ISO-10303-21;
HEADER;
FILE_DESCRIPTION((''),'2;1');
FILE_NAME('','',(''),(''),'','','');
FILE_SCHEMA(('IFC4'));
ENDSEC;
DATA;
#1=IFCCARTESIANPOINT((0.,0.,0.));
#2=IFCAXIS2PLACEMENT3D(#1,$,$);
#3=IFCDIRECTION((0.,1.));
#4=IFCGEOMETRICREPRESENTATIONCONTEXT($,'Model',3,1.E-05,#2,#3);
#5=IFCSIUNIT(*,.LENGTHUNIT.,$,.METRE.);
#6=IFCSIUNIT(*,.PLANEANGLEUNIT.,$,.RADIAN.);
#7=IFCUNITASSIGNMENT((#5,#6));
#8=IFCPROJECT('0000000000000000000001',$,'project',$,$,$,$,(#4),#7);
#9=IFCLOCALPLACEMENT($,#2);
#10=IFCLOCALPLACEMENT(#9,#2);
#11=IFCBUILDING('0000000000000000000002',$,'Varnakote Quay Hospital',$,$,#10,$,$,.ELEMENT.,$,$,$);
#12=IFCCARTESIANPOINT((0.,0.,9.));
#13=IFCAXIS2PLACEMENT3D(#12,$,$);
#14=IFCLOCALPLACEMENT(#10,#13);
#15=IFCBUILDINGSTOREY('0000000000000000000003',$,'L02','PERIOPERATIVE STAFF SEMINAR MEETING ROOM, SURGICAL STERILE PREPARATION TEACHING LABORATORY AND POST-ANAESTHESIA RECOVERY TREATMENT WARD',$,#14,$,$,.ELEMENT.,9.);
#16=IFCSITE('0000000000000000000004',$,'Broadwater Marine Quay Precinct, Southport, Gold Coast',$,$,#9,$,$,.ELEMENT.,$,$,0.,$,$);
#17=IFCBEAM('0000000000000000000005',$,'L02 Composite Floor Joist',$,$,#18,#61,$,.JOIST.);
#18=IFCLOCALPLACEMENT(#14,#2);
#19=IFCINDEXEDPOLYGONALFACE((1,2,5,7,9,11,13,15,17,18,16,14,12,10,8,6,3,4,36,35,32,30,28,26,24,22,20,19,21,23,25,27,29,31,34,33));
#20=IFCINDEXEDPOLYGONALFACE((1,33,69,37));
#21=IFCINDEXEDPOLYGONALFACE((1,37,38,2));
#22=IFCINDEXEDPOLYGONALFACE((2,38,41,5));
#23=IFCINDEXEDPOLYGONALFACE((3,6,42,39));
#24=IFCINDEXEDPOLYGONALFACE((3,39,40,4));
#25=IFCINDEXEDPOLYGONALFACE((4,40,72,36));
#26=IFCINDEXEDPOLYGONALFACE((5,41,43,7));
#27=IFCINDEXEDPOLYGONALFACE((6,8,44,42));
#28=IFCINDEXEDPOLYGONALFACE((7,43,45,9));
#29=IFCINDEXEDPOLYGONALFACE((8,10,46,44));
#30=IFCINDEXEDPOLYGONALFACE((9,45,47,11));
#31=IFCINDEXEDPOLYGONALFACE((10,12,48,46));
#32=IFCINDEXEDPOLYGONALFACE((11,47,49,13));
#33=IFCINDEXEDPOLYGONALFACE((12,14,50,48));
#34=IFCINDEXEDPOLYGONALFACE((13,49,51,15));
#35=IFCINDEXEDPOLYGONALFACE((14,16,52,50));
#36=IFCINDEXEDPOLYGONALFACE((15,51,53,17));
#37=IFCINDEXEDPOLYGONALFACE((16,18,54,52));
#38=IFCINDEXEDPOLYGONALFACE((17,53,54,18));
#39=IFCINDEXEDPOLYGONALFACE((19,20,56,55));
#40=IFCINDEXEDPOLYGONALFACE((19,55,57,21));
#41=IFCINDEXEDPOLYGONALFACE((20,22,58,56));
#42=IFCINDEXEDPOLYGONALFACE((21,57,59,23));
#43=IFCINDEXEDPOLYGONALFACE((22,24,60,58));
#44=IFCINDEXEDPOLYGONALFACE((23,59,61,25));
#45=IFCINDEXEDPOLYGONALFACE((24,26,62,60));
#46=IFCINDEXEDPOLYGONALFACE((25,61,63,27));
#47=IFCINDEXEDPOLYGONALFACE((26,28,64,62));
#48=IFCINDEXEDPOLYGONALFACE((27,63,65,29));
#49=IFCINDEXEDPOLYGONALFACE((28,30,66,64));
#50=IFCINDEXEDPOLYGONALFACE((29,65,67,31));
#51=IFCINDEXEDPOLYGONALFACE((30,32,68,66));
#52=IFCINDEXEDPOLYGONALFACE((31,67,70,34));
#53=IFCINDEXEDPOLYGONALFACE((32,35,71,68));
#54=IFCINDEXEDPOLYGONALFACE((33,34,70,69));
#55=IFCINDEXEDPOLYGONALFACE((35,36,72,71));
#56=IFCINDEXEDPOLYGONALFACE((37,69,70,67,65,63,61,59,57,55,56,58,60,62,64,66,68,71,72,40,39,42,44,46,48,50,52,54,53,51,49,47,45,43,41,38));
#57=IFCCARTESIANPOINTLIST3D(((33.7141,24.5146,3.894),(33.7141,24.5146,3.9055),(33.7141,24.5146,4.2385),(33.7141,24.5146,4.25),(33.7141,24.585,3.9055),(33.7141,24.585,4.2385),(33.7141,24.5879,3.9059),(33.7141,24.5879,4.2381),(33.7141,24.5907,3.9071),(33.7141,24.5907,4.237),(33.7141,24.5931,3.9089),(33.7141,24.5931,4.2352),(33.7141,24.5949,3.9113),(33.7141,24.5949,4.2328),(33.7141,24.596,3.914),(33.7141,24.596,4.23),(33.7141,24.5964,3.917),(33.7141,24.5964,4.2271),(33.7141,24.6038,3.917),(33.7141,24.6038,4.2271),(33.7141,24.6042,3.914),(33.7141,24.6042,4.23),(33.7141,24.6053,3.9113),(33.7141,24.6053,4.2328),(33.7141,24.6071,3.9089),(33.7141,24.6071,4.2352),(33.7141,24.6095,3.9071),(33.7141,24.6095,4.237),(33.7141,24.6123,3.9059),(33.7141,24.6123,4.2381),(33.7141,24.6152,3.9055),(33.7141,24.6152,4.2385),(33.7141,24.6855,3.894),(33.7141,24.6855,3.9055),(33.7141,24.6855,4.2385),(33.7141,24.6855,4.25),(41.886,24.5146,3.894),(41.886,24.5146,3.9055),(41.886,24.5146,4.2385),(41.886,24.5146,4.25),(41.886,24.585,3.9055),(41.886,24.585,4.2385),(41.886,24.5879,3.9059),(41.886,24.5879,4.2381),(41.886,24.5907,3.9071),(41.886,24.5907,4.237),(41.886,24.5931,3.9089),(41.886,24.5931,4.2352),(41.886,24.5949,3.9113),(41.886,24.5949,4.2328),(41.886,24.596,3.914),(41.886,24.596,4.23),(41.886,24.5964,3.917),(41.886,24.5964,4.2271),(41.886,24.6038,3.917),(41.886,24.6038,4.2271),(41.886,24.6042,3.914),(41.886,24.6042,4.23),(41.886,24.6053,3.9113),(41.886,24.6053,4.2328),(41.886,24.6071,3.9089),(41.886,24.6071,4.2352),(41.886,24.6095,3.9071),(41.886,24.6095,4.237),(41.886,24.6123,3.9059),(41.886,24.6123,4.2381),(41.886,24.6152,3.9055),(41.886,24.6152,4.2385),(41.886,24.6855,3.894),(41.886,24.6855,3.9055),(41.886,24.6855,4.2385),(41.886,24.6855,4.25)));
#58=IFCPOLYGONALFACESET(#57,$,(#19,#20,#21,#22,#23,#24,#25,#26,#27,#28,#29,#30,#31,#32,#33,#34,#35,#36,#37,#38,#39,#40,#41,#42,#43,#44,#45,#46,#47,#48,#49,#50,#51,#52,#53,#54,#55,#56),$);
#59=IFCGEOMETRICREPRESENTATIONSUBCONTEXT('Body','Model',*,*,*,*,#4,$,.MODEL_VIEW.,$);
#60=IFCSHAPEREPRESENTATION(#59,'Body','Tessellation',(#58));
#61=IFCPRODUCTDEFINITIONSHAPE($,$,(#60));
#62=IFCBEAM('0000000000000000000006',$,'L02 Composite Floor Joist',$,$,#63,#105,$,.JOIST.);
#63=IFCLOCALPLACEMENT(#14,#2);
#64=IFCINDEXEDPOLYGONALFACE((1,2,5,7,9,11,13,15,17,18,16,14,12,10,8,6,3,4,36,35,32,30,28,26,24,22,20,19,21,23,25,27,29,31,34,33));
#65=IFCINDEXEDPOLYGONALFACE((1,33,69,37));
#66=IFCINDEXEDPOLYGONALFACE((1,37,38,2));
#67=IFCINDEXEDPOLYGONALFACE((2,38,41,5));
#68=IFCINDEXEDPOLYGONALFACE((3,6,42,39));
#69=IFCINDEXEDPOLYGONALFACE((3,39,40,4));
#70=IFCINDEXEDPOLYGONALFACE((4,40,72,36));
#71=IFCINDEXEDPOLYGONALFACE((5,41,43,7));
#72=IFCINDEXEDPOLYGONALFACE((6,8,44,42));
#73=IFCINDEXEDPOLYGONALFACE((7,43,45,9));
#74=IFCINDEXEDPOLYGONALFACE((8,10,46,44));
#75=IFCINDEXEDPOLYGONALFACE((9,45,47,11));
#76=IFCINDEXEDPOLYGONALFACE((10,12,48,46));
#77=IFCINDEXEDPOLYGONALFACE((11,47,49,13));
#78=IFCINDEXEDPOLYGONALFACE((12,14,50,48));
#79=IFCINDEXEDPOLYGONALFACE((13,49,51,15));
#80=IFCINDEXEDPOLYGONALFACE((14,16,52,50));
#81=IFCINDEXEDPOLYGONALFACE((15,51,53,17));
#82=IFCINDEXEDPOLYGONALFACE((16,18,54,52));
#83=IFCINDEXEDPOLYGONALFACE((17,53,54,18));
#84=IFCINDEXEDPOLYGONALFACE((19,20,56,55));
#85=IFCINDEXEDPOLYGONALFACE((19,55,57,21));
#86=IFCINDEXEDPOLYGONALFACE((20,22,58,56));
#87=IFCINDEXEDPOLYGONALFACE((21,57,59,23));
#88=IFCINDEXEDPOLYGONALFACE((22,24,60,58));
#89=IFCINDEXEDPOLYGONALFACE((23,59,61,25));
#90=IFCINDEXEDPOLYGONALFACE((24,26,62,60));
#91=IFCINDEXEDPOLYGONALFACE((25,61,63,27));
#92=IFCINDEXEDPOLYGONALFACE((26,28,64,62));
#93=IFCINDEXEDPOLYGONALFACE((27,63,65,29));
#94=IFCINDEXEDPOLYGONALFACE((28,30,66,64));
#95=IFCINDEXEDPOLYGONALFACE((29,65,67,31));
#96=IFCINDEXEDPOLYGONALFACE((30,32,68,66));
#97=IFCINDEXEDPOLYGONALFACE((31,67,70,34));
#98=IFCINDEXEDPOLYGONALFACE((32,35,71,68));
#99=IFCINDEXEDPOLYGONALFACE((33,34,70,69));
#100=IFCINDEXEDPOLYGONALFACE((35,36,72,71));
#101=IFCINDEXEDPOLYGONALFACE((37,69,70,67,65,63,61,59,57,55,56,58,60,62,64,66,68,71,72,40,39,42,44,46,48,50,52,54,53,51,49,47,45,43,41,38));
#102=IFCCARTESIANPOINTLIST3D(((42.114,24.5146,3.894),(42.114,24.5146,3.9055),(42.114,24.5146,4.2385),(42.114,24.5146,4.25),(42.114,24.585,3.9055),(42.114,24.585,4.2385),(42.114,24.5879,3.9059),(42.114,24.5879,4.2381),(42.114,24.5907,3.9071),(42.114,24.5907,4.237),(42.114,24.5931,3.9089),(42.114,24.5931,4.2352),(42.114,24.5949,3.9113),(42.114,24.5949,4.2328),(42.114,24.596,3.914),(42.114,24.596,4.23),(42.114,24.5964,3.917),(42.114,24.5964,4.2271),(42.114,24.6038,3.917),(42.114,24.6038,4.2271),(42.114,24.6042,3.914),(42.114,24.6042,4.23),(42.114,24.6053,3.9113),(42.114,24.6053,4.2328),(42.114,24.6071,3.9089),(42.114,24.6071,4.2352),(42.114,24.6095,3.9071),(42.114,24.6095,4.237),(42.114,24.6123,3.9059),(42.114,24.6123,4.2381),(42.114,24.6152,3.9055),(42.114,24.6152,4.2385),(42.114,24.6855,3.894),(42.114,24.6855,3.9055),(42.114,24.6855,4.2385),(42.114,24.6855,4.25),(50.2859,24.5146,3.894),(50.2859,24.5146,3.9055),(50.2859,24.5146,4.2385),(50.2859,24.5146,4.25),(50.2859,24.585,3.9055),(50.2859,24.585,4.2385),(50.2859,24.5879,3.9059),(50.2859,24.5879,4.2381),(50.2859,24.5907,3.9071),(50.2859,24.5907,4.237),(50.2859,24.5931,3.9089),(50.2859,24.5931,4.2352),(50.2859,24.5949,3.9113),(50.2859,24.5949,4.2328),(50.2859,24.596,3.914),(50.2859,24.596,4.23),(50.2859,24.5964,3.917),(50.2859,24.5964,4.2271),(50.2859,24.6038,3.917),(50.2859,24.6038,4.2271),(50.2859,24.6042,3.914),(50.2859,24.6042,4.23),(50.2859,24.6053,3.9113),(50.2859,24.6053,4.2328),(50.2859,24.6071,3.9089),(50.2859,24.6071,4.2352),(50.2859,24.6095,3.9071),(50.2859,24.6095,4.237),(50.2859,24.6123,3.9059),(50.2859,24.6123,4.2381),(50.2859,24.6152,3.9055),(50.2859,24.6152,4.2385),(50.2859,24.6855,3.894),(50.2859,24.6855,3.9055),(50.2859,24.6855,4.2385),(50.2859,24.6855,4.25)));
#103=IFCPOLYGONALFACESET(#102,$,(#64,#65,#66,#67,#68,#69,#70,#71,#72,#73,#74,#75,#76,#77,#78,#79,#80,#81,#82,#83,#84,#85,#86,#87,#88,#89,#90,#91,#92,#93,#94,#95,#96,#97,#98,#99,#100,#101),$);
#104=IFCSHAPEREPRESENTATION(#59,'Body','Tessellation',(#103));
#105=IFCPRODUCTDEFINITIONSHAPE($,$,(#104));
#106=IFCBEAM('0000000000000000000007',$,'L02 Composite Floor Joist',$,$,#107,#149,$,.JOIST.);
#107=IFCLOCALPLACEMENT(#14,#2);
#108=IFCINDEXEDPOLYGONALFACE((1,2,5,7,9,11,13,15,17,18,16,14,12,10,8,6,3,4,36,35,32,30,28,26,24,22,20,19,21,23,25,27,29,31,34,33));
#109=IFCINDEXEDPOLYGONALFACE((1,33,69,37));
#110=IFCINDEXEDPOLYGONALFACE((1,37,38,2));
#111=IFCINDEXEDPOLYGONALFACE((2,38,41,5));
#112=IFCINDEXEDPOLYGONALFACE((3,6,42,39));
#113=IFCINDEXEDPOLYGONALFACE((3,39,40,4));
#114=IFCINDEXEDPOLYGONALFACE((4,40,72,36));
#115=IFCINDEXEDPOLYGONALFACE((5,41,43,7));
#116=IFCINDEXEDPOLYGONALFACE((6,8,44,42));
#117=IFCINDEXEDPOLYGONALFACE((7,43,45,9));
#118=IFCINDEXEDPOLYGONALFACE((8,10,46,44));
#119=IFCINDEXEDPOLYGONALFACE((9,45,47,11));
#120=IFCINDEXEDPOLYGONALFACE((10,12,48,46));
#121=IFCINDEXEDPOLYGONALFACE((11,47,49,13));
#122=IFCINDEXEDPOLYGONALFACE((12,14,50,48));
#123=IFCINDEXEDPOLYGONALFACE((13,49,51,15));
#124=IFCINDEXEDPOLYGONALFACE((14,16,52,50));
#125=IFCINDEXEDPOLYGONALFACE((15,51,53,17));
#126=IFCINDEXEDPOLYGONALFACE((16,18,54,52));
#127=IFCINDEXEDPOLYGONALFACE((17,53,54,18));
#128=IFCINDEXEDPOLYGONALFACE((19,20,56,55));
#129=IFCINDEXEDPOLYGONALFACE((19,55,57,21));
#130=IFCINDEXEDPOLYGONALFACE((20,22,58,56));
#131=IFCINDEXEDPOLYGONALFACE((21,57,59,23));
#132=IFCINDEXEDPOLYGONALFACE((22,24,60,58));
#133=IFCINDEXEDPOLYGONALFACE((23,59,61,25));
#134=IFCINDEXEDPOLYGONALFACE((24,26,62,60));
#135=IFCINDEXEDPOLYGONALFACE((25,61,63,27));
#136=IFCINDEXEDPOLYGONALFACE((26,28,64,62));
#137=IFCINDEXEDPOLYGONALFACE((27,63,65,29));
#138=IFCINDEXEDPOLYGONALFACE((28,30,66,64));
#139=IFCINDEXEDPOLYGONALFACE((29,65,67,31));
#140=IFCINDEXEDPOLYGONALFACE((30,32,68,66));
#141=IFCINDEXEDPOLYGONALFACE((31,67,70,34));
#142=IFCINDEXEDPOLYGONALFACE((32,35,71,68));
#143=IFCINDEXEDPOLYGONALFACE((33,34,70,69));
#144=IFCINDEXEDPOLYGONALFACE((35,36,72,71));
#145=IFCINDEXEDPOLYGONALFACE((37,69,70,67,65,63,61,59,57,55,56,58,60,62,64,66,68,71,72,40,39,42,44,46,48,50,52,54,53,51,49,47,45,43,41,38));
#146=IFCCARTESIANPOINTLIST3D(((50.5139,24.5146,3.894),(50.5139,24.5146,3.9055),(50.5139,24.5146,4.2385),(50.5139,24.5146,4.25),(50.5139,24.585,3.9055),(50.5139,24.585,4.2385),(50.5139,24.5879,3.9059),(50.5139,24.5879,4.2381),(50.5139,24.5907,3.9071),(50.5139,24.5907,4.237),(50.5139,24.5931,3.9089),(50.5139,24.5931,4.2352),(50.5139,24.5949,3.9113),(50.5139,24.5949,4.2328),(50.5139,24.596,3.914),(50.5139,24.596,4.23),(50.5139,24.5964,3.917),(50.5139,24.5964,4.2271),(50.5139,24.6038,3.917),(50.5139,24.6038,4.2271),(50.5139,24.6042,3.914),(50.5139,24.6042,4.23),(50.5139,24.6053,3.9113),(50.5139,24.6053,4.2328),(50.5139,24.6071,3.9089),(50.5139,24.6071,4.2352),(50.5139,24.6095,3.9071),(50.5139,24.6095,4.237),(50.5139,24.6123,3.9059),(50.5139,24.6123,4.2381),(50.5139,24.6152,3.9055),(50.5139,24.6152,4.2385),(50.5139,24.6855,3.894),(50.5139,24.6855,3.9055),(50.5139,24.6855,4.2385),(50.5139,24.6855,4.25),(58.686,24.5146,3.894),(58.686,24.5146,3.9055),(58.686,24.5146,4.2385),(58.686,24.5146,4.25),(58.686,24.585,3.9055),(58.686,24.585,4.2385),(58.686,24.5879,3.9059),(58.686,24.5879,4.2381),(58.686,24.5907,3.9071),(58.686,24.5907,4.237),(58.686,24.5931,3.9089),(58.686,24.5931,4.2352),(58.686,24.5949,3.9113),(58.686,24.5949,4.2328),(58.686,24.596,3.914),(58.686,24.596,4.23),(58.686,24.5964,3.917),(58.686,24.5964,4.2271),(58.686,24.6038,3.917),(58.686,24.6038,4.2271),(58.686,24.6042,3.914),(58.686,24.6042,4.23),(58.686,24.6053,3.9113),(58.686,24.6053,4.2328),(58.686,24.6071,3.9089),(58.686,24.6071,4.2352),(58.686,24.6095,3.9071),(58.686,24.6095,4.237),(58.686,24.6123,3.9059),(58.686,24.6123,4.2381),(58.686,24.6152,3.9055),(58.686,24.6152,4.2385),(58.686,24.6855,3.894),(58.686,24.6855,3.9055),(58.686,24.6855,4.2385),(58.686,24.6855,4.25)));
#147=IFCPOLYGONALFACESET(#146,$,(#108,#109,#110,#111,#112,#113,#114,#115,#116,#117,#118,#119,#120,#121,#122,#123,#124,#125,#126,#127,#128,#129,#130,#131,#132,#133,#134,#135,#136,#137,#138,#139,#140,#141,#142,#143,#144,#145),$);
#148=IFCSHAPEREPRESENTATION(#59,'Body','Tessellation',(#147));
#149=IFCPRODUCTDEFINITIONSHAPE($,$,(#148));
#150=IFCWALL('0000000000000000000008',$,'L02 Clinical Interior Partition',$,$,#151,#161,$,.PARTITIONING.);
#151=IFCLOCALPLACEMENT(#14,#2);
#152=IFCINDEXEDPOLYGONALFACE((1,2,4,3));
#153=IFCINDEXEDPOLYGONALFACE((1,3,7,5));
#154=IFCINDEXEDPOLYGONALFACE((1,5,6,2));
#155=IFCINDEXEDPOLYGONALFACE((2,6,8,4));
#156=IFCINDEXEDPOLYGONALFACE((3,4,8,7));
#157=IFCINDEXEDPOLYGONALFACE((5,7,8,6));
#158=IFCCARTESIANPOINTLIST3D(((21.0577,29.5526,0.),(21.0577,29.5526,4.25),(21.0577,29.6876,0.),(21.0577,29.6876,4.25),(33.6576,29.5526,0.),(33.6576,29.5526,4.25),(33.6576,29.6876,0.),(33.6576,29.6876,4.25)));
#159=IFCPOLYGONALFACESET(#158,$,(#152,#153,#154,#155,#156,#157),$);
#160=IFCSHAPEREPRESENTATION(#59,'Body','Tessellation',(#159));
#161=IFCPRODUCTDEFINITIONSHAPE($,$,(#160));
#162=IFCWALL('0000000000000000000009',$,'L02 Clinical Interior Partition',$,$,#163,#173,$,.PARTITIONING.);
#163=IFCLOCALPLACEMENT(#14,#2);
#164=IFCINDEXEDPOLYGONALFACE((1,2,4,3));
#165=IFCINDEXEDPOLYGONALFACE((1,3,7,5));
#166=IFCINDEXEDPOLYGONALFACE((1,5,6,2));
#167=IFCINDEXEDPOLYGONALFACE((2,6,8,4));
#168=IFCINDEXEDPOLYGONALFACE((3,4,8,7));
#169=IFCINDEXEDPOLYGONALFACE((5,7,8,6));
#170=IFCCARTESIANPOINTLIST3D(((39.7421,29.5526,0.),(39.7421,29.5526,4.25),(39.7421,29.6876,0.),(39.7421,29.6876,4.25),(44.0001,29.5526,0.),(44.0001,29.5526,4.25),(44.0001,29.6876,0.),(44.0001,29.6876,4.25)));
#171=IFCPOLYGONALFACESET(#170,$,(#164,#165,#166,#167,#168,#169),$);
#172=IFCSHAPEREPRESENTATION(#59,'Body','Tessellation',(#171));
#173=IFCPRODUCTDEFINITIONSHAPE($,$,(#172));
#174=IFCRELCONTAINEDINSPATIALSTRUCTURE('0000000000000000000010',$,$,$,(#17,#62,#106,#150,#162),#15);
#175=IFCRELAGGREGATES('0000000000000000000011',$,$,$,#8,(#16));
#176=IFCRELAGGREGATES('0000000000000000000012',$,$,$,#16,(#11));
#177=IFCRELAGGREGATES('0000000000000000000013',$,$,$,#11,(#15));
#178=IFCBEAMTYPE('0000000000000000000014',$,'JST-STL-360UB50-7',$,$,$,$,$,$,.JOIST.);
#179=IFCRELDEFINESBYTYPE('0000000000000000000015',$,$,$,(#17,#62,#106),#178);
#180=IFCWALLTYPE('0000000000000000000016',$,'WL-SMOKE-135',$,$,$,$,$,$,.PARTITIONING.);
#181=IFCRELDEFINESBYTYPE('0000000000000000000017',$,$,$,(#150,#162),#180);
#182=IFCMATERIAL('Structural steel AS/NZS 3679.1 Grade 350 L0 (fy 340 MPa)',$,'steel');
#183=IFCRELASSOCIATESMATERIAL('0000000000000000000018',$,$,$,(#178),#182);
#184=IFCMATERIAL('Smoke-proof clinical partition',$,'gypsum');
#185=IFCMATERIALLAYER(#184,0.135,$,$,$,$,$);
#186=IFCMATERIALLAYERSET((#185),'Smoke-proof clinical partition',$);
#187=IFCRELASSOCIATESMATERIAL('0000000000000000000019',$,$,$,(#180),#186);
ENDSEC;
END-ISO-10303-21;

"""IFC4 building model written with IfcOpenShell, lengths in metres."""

from ifc_helpers import new_model, si_unit, direction, frame, frame_2d, origin, origin_2d, place, context, subcontext, project, spatial, rectangle, i_section, extrude, material, layer, layer_set, material_profile, profile_set, type_object, element, save


model = new_model("IFC4")

# Units and contexts
model_context = context("Model", 3, precision=1e-05, world=origin(), true_north=direction((0.0, 1.0)))
body_context = subcontext(model_context, "Body", "Model", "MODEL_VIEW")
ifc_project = project(units=[si_unit("LENGTHUNIT", "METRE"), si_unit("PLANEANGLEUNIT", "RADIAN")], contexts=[model_context])

# Site, building, storey
site_placement = place(None, origin())
site = spatial("IfcSite", under=ifc_project, at=site_placement, Name="Broadwater Marine Quay Precinct, Southport, Gold Coast", CompositionType="ELEMENT", RefElevation=0.0)
building_placement = place(site_placement, origin())
building = spatial("IfcBuilding", under=site, at=building_placement, Name="Varnakote Quay Hospital", CompositionType="ELEMENT")
storey_placement = place(building_placement, frame((0.0, 0.0, 9.0)))
storey = spatial("IfcBuildingStorey", under=building, at=storey_placement, Name="L02", Description="PERIOPERATIVE STAFF SEMINAR MEETING ROOM, SURGICAL STERILE PREPARATION TEACHING LABORATORY AND POST-ANAESTHESIA RECOVERY TREATMENT WARD", CompositionType="ELEMENT", Elevation=9.0)

# Beams
ifc_material_1 = material(Name="Structural steel AS/NZS 3679.1 Grade 350 L0 (fy 340 MPa)", Category="steel")
ifc_material_profile_1 = material_profile(ifc_material_1, i_section(OverallWidth=0.1709, OverallDepth=0.356, WebThickness=0.0073, FlangeThickness=0.0115, FilletRadius=0.0115, at=origin_2d()), Name="360UB50.7")
ifc_profile_set_1 = profile_set([ifc_material_profile_1], Name="Structural steel AS/NZS 3679.1 Grade 350 L0 (fy 340 MPa)")
beam_type_1 = type_object("IfcBeamType", Name="JST-STL-360UB50-7", PredefinedType="JOIST", material=ifc_profile_set_1)
for number, where, z_axis, x_axis, name in (
    (1, (33.7141, 24.6001, 4.072), (1.0, 0.0, 0.0), (0.0, 1.0, 0.0), "L02 Composite Floor Joist"),
    (2, (42.114, 24.6001, 4.072), (1.0, 0.0, 0.0), (0.0, 1.0, 0.0), "L02 Composite Floor Joist"),
):
    element("IfcBeam", number, at=place(storey_placement, frame(where, z_axis=z_axis, x_axis=x_axis)), inside=storey, type_object=beam_type_1, Name=name, PredefinedType="JOIST", context=body_context, shape_type="SweptSolid", body=[
        extrude(i_section(OverallWidth=0.1709, OverallDepth=0.356, WebThickness=0.0073, FlangeThickness=0.0115, FilletRadius=0.0115, at=origin_2d()), origin(), (0.0, 0.0, 1.0), 8.1719),
    ])
beam_1_placement = place(storey_placement, frame((50.5139, 24.6001, 4.072), z_axis=(1.0, 0.0, 0.0), x_axis=(0.0, 1.0, 0.0)))
element("IfcBeam", 3, at=beam_1_placement, inside=storey, type_object=beam_type_1, Name="L02 Composite Floor Joist", PredefinedType="JOIST", context=body_context, shape_type="SweptSolid", body=[
    extrude(i_section(OverallWidth=0.1709, OverallDepth=0.356, WebThickness=0.0073, FlangeThickness=0.0115, FilletRadius=0.0115, at=origin_2d()), origin(), (0.0, 0.0, 1.0), 8.1721),
])

# Walls
ifc_material_2 = material(Name="Smoke-proof clinical partition", Category="gypsum")
ifc_layer = layer(ifc_material_2, 0.135)
ifc_layer_set = layer_set([ifc_layer], Name="Smoke-proof clinical partition")
wall_type = type_object("IfcWallType", Name="WL-SMOKE-135", PredefinedType="PARTITIONING", material=ifc_layer_set)
wall_1_placement = place(storey_placement, frame((33.6575, 29.6201, 0.0), z_axis=(0.0, 0.0, 1.0), x_axis=(-1.0, 0.0, 0.0)))
element("IfcWall", 4, at=wall_1_placement, inside=storey, type_object=wall_type, Name="L02 Clinical Interior Partition", PredefinedType="PARTITIONING", context=body_context, shape_type="SweptSolid", body=[
    extrude(rectangle(XDim=12.5999, YDim=0.135, at=frame_2d((6.2998, 0.0))), origin(), (0.0, 0.0, 1.0), 4.25),
])
wall_2_placement = place(storey_placement, frame((44.0, 29.6201, 0.0), z_axis=(0.0, 0.0, 1.0), x_axis=(-1.0, 0.0, 0.0)))
element("IfcWall", 5, at=wall_2_placement, inside=storey, type_object=wall_type, Name="L02 Clinical Interior Partition", PredefinedType="PARTITIONING", context=body_context, shape_type="SweptSolid", body=[
    extrude(rectangle(XDim=4.2581, YDim=0.135, at=frame_2d((2.1289, 0.0))), origin(), (0.0, 0.0, 1.0), 4.25),
])

save(model, "model.ifc")
